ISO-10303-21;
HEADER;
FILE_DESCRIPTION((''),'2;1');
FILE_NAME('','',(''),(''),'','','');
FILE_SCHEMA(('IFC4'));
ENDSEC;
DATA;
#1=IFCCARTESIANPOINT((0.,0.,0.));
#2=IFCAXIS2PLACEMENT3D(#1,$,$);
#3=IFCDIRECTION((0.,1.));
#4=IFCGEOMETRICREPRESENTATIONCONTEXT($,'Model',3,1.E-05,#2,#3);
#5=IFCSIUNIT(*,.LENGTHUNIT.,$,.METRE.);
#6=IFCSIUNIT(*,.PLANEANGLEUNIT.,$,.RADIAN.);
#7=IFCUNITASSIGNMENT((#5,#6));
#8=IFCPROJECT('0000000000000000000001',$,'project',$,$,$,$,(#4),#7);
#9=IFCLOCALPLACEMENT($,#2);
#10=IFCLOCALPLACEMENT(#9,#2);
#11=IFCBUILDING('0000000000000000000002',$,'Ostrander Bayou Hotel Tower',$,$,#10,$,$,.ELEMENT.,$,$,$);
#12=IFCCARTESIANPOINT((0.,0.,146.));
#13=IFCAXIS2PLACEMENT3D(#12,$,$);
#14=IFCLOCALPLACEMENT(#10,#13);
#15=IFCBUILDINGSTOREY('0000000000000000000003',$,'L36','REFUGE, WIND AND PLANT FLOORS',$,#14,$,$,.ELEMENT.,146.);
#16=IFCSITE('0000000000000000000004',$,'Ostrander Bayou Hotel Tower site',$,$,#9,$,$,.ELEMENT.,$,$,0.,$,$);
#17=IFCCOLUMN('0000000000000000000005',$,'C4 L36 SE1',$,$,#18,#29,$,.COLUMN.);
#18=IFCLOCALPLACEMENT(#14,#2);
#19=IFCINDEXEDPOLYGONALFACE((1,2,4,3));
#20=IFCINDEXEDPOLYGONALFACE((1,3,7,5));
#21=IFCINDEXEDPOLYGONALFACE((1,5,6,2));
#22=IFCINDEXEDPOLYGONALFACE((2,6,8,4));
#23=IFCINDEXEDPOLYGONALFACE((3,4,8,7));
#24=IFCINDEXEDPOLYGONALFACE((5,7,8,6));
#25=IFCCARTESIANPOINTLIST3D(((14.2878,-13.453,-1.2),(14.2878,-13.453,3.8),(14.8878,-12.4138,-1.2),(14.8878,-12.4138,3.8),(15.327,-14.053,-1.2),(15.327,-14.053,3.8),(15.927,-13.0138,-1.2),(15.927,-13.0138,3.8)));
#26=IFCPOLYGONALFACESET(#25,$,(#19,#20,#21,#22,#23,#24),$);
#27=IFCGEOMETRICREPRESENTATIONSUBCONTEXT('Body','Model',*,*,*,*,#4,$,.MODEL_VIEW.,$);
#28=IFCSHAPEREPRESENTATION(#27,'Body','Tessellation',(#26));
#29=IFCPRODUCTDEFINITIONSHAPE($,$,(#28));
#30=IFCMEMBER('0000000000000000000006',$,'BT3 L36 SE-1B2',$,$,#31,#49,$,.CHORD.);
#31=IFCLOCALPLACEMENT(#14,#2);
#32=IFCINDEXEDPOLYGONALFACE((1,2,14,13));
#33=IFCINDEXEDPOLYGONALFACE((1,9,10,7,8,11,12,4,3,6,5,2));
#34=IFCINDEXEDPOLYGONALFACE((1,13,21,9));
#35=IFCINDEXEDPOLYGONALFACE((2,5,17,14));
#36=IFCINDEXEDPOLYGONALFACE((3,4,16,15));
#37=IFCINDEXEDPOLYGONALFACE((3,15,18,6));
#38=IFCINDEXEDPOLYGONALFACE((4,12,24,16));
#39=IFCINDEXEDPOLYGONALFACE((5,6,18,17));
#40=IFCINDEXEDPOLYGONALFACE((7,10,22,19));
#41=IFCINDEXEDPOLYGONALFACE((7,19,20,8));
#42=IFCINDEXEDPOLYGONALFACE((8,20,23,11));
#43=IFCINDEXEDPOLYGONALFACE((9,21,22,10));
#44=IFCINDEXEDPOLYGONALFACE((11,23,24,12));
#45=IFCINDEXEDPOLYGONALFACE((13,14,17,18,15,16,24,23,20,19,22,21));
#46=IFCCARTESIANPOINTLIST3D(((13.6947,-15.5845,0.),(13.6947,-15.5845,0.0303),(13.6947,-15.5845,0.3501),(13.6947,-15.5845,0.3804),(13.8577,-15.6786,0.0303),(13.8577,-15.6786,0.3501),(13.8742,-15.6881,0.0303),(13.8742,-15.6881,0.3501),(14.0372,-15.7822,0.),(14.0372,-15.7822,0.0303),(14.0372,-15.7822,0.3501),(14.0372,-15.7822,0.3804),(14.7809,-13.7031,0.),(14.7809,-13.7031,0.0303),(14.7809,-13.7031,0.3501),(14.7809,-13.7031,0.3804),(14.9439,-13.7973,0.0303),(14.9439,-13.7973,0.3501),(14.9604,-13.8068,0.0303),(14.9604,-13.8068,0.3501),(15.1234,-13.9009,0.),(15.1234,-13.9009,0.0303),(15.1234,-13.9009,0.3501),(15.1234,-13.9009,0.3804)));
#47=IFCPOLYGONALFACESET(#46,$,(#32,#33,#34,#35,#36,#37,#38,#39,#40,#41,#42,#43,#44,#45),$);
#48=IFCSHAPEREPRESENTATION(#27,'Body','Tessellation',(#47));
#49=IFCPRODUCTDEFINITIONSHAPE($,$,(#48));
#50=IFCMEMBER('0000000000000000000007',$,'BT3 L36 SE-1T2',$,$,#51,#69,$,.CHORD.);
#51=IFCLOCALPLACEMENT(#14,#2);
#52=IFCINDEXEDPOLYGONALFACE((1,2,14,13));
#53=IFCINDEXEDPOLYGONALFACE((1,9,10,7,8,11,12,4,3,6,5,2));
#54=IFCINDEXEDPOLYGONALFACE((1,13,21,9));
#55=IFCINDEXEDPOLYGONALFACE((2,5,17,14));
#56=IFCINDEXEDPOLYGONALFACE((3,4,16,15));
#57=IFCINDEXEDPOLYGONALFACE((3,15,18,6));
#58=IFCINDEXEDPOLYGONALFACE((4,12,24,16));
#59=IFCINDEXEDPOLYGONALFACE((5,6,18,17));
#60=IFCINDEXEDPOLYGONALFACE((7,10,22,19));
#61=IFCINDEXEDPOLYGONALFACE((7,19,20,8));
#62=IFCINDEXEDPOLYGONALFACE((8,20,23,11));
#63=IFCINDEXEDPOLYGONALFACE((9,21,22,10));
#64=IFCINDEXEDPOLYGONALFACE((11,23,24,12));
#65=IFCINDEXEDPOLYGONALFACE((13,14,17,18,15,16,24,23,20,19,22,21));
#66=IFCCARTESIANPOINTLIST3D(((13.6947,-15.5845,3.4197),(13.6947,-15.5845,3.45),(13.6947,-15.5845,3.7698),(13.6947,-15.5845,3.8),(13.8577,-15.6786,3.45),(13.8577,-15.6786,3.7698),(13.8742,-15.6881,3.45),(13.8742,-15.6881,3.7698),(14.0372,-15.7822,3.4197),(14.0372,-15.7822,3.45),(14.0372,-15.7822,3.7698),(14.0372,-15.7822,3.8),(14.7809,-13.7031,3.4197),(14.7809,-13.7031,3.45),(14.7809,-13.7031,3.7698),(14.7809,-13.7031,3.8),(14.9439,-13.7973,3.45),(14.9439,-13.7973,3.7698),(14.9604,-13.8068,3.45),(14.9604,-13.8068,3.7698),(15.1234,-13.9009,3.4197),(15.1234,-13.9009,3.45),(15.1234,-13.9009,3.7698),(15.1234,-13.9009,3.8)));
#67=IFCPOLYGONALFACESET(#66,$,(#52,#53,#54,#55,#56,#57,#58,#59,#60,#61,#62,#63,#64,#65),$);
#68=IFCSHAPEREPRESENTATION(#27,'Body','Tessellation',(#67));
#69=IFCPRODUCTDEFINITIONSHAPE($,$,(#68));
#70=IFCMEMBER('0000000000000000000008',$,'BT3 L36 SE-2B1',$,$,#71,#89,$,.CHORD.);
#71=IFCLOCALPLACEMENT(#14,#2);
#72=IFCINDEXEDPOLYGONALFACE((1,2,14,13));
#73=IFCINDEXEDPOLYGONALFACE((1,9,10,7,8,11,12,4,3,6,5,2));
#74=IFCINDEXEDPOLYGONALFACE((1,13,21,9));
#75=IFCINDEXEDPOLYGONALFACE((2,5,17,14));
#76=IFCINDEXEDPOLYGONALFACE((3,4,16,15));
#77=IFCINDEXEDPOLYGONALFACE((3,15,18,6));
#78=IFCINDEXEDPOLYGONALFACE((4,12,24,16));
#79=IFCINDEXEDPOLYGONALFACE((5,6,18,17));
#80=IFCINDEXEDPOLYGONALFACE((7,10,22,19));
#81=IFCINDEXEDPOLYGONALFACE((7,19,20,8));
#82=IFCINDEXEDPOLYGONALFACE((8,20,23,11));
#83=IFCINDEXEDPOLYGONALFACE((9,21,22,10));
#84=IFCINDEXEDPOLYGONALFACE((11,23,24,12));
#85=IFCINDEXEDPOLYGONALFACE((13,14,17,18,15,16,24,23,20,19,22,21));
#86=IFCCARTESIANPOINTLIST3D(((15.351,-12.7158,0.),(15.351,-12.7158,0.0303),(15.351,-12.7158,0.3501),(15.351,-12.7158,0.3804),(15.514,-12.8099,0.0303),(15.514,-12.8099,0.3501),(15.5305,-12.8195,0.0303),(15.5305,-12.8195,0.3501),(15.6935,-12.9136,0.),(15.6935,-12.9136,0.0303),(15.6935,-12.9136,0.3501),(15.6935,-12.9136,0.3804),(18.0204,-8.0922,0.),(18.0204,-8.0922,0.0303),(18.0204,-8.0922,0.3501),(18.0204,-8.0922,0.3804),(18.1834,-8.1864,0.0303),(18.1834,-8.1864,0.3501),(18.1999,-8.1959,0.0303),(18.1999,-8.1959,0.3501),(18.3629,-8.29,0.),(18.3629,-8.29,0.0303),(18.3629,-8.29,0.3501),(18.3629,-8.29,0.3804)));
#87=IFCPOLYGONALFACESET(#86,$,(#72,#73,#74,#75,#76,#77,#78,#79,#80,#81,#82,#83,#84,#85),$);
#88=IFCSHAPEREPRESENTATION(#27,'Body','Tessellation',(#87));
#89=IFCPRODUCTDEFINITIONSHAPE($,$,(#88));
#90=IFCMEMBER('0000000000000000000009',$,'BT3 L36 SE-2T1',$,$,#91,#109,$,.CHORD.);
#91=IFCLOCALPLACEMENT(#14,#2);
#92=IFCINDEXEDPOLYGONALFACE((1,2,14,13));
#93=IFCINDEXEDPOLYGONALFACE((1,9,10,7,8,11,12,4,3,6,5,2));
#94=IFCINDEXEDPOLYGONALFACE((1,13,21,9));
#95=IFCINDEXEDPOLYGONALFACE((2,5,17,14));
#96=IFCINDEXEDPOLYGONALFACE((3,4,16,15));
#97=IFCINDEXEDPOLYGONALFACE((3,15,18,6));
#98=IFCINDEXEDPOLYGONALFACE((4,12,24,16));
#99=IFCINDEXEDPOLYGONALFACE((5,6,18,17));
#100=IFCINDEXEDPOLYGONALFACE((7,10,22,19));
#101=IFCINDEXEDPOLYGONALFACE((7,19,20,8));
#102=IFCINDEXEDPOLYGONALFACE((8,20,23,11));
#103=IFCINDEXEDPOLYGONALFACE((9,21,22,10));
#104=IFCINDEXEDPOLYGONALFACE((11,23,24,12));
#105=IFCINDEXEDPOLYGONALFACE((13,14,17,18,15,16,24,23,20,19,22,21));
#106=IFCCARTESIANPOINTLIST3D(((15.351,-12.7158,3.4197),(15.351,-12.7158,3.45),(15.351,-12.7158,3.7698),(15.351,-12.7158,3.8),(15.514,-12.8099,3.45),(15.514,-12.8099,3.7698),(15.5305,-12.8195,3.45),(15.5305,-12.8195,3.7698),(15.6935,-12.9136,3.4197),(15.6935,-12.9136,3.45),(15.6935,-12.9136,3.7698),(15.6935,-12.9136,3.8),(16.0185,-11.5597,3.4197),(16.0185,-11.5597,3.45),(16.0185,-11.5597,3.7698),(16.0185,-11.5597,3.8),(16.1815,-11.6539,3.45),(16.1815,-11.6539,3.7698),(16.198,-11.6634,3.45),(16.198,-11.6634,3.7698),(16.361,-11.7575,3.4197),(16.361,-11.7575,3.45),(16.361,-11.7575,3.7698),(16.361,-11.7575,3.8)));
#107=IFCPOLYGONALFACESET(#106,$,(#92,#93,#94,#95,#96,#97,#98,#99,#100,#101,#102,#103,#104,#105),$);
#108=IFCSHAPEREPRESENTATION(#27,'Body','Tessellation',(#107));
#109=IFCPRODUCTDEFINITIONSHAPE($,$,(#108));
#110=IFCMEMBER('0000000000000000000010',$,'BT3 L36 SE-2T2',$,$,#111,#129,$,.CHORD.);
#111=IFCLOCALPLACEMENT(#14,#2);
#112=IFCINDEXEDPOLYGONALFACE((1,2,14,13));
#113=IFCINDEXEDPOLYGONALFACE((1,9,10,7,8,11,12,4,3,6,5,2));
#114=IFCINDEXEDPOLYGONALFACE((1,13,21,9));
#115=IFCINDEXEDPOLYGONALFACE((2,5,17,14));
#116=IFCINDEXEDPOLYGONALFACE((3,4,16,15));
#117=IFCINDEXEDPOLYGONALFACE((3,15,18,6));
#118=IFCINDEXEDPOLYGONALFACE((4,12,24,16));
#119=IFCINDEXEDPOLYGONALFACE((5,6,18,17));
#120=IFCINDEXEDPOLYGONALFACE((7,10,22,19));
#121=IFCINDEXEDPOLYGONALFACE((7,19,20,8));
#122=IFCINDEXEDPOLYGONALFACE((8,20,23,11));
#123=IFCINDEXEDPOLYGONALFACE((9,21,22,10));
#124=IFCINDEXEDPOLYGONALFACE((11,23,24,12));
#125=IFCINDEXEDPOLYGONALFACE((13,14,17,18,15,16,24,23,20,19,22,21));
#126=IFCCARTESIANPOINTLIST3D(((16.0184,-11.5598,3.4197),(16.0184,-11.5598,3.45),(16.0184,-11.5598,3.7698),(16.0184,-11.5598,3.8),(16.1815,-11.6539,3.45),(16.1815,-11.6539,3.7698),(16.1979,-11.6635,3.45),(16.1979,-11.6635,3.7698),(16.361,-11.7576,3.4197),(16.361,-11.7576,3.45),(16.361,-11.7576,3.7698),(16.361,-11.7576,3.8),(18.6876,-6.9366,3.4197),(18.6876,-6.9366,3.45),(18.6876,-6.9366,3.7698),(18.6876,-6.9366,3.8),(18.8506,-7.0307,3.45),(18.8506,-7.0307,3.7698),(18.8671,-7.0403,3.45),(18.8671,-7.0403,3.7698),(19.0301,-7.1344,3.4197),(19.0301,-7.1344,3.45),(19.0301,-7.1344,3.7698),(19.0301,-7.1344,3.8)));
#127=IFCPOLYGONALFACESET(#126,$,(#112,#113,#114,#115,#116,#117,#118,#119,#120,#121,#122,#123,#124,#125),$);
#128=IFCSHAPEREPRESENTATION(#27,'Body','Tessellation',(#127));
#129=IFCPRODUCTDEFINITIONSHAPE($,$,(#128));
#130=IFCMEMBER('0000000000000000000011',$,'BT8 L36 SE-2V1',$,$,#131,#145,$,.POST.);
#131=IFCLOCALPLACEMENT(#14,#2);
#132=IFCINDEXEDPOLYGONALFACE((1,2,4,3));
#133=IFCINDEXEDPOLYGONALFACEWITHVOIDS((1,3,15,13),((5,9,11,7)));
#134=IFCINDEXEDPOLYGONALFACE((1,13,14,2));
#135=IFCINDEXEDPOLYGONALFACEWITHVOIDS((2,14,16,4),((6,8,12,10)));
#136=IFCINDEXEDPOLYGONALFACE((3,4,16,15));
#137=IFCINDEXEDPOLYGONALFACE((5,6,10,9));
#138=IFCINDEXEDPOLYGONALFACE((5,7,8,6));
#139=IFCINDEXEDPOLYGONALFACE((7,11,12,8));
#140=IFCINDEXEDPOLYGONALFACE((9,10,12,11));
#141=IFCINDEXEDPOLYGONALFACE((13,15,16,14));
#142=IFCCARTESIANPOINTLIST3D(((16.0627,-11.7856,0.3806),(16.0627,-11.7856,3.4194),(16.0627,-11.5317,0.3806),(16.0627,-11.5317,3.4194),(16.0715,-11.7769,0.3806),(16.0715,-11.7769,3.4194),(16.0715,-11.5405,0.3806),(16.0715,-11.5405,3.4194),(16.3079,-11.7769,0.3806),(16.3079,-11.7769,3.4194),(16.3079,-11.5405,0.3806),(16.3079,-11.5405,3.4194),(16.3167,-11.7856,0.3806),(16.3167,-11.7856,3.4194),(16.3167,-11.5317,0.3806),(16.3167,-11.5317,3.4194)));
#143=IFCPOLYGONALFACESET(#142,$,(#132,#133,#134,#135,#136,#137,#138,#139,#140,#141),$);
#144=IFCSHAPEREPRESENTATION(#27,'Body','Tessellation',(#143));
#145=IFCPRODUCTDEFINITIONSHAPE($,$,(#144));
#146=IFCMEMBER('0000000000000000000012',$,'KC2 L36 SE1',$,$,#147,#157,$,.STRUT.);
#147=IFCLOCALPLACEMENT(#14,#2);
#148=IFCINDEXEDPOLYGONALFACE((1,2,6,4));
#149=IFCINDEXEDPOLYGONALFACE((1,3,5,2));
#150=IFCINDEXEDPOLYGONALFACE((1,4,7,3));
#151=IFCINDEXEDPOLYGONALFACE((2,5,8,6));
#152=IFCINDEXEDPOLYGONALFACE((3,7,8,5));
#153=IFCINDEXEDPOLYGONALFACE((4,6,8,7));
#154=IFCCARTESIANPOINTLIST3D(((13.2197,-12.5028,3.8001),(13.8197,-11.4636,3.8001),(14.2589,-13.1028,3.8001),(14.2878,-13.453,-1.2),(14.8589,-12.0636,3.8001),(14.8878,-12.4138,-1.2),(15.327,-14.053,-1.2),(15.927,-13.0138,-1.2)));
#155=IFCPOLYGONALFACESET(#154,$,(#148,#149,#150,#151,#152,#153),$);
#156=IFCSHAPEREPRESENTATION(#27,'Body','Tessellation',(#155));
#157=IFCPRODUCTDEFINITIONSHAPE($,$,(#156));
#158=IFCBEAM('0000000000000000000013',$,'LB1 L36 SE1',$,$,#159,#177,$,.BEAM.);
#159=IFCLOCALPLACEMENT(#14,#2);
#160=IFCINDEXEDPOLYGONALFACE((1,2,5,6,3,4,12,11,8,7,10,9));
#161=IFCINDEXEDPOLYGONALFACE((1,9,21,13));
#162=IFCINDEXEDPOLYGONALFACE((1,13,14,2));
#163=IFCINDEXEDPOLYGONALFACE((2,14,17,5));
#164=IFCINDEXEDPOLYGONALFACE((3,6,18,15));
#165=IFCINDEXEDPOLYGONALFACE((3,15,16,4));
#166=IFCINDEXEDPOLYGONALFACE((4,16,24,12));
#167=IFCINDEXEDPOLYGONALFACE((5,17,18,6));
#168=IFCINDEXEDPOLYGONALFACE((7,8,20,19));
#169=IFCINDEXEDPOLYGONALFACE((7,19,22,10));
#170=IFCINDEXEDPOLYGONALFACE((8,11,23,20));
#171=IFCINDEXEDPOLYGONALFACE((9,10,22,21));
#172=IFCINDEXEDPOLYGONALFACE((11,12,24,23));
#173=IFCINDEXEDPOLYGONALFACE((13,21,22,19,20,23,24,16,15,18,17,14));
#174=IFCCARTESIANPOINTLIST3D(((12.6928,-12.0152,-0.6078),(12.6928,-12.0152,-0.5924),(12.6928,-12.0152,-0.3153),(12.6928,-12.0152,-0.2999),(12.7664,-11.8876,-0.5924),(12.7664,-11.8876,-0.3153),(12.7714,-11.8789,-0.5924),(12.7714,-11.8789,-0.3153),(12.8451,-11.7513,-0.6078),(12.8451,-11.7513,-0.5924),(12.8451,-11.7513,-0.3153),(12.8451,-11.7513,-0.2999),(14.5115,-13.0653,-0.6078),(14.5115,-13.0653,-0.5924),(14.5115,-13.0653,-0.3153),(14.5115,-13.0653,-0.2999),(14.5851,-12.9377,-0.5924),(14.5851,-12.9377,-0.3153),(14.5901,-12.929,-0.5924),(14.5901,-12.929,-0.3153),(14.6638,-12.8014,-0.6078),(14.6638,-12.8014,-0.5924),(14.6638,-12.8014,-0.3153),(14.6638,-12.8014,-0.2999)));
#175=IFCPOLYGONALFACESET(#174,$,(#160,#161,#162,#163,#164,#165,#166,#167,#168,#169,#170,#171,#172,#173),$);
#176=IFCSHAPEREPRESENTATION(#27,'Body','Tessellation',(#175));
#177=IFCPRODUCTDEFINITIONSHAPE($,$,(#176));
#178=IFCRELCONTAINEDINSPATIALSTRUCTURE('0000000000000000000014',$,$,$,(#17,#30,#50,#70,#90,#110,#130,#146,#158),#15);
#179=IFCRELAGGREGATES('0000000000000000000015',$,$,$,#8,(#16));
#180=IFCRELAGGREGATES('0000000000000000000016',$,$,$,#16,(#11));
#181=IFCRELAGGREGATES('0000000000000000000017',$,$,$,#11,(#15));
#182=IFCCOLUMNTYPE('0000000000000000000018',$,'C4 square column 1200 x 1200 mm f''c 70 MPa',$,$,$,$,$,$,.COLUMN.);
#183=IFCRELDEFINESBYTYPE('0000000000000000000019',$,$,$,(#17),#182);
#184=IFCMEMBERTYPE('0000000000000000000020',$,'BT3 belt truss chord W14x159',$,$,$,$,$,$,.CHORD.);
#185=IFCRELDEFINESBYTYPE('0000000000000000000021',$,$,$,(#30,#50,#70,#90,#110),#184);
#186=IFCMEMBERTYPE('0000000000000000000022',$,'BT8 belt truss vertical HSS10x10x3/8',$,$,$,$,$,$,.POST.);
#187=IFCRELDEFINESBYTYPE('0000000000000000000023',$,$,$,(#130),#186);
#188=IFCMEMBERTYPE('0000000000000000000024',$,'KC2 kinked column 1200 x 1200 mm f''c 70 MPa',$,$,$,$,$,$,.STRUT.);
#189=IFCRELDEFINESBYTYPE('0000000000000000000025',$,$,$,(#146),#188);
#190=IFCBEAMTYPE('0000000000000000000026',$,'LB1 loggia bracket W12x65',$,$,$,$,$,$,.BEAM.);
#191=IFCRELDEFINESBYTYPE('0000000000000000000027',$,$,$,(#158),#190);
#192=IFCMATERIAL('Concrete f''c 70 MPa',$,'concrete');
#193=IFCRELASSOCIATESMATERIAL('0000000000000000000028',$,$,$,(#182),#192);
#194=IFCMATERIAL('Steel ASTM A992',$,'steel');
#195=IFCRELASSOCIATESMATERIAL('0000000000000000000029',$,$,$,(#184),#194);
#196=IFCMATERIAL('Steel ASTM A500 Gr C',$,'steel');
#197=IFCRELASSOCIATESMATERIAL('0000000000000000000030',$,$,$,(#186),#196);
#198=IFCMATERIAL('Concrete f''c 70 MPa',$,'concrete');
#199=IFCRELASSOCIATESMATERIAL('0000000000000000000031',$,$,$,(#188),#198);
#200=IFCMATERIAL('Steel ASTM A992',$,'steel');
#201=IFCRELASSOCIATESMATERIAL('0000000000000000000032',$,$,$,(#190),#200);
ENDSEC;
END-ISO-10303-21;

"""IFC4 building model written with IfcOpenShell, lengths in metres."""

from ifc_helpers import new_model, si_unit, direction, frame, origin, origin_2d, place, context, subcontext, project, spatial, rectangle, hollow_rectangle, i_section, extrude, material, material_profile, profile_set, type_object, element, save


model = new_model("IFC4")

# Units and contexts
model_context = context("Model", 3, precision=1e-05, world=origin(), true_north=direction((0.0, 1.0)))
body_context = subcontext(model_context, "Body", "Model", "MODEL_VIEW")
ifc_project = project(units=[si_unit("LENGTHUNIT", "METRE"), si_unit("PLANEANGLEUNIT", "RADIAN")], contexts=[model_context])

# Site, building, storey
site_placement = place(None, origin())
site = spatial("IfcSite", under=ifc_project, at=site_placement, Name="Ostrander Bayou Hotel Tower site", CompositionType="ELEMENT", RefElevation=0.0)
building_placement = place(site_placement, origin())
building = spatial("IfcBuilding", under=site, at=building_placement, Name="Ostrander Bayou Hotel Tower", CompositionType="ELEMENT")
storey_placement = place(building_placement, frame((0.0, 0.0, 146.0)))
storey = spatial("IfcBuildingStorey", under=building, at=storey_placement, Name="L36", Description="REFUGE, WIND AND PLANT FLOORS", CompositionType="ELEMENT", Elevation=146.0)

# Column
ifc_material_1 = material(Name="Concrete f'c 70 MPa", Category="concrete")
ifc_material_profile_1 = material_profile(ifc_material_1, rectangle(XDim=1.2, YDim=1.2, at=origin_2d()))
ifc_profile_set_1 = profile_set([ifc_material_profile_1], Name="Concrete f'c 70 MPa")
column_type = type_object("IfcColumnType", Name="C4 square column 1200 x 1200 mm f'c 70 MPa", PredefinedType="COLUMN", material=ifc_profile_set_1)
column_placement = place(storey_placement, frame((15.1074, -13.2334, -1.2), z_axis=(0.0, 0.0, 1.0), x_axis=(-0.5, -0.866025, 0.0)))
element("IfcColumn", 1, at=column_placement, inside=storey, type_object=column_type, Name="C4 L36 SE1", PredefinedType="COLUMN", context=body_context, shape_type="SweptSolid", body=[
    extrude(rectangle(XDim=1.2, YDim=1.2, at=origin_2d()), origin(), (0.0, 0.0, 1.0), 5.0),
])

# Members
ifc_material_2 = material(Name="Steel ASTM A992", Category="steel")
ifc_material_profile_2 = material_profile(ifc_material_2, i_section(OverallWidth=0.3955, OverallDepth=0.3804, WebThickness=0.019, FlangeThickness=0.0303, at=origin_2d()))
ifc_profile_set_2 = profile_set([ifc_material_profile_2], Name="Steel ASTM A992")
member_type_1 = type_object("IfcMemberType", Name="BT3 belt truss chord W14x159", PredefinedType="CHORD", material=ifc_profile_set_2)
for number, where, z_axis, x_axis, name in (
    (2, (13.866, -15.6833, 0.1902), (0.499995, 0.866028, 0.0), (-0.866028, 0.499995, 0.0), "BT3 L36 SE-1B2"),
    (3, (13.866, -15.6833, 3.6099), (0.499995, 0.866028, 0.0), (-0.866028, 0.499995, 0.0), "BT3 L36 SE-1T2"),
):
    element("IfcMember", number, at=place(storey_placement, frame(where, z_axis=z_axis, x_axis=x_axis)), inside=storey, type_object=member_type_1, Name=name, PredefinedType="CHORD", context=body_context, shape_type="SweptSolid", body=[
        extrude(i_section(OverallWidth=0.3955, OverallDepth=0.3804, WebThickness=0.019, FlangeThickness=0.0303, at=origin_2d()), origin(), (0.0, 0.0, 1.0), 2.1724),
    ])
member_1_placement = place(storey_placement, frame((15.5222, -12.8147, 0.1902), z_axis=(0.500005, 0.866023, 0.0), x_axis=(-0.866023, 0.500005, 0.0)))
element("IfcMember", 4, at=member_1_placement, inside=storey, type_object=member_type_1, Name="BT3 L36 SE-2B1", PredefinedType="CHORD", context=body_context, shape_type="SweptSolid", body=[
    extrude(i_section(OverallWidth=0.3955, OverallDepth=0.3804, WebThickness=0.019, FlangeThickness=0.0303, at=origin_2d()), origin(), (0.0, 0.0, 1.0), 5.3389),
])
member_2_placement = place(storey_placement, frame((15.5222, -12.8147, 3.6099), z_axis=(0.500034, 0.866006, 0.0), x_axis=(-0.866006, 0.500034, 0.0)))
element("IfcMember", 5, at=member_2_placement, inside=storey, type_object=member_type_1, Name="BT3 L36 SE-2T1", PredefinedType="CHORD", context=body_context, shape_type="SweptSolid", body=[
    extrude(i_section(OverallWidth=0.3955, OverallDepth=0.3804, WebThickness=0.019, FlangeThickness=0.0303, at=origin_2d()), origin(), (0.0, 0.0, 1.0), 1.335),
])
member_3_placement = place(storey_placement, frame((16.1897, -11.6587, 3.6099), z_axis=(0.49999, 0.866031, 0.0), x_axis=(-0.866031, 0.49999, 0.0)))
element("IfcMember", 6, at=member_3_placement, inside=storey, type_object=member_type_1, Name="BT3 L36 SE-2T2", PredefinedType="CHORD", context=body_context, shape_type="SweptSolid", body=[
    extrude(i_section(OverallWidth=0.3955, OverallDepth=0.3804, WebThickness=0.019, FlangeThickness=0.0303, at=origin_2d()), origin(), (0.0, 0.0, 1.0), 5.3384),
])
ifc_material_3 = material(Name="Steel ASTM A500 Gr C", Category="steel")
ifc_material_profile_3 = material_profile(ifc_material_3, hollow_rectangle(XDim=0.2539, YDim=0.2539, WallThickness=0.0088, at=origin_2d()))
ifc_profile_set_3 = profile_set([ifc_material_profile_3], Name="Steel ASTM A500 Gr C")
member_type_2 = type_object("IfcMemberType", Name="BT8 belt truss vertical HSS10x10x3/8", PredefinedType="POST", material=ifc_profile_set_3)
member_4_placement = place(storey_placement, frame((16.1897, -11.6587, 0.3806), z_axis=(0.0, 0.0, 1.0), x_axis=(1.0, 0.0, 0.0)))
element("IfcMember", 7, at=member_4_placement, inside=storey, type_object=member_type_2, Name="BT8 L36 SE-2V1", PredefinedType="POST", context=body_context, shape_type="SweptSolid", body=[
    extrude(hollow_rectangle(XDim=0.2539, YDim=0.2539, WallThickness=0.0088, at=origin_2d()), origin(), (0.0, 0.0, 1.0), 3.0388),
])
ifc_material_4 = material(Name="Concrete f'c 70 MPa", Category="concrete")
ifc_material_profile_4 = material_profile(ifc_material_4, rectangle(XDim=1.2, YDim=1.2, at=origin_2d()))
ifc_profile_set_4 = profile_set([ifc_material_profile_4], Name="Concrete f'c 70 MPa")
member_type_3 = type_object("IfcMemberType", Name="KC2 kinked column 1200 x 1200 mm f'c 70 MPa", PredefinedType="STRUT", material=ifc_profile_set_4)
member_5_placement = place(storey_placement, frame((15.1074, -13.2334, -1.2), z_axis=(0.0, 0.0, 1.0), x_axis=(-0.5, -0.866025, 0.0)))
element("IfcMember", 8, at=member_5_placement, inside=storey, type_object=member_type_3, Name="KC2 L36 SE1", PredefinedType="STRUT", context=body_context, shape_type="SweptSolid", body=[
    extrude(rectangle(XDim=1.2, YDim=1.2, at=origin_2d()), origin(), (-0.055541, -0.269234, 0.961472), 5.2004),
])

# Beam
ifc_material_5 = material(Name="Steel ASTM A992", Category="steel")
ifc_material_profile_5 = material_profile(ifc_material_5, i_section(OverallWidth=0.3047, OverallDepth=0.3079, WebThickness=0.01, FlangeThickness=0.0154, at=origin_2d()))
ifc_profile_set_5 = profile_set([ifc_material_profile_5], Name="Steel ASTM A992")
beam_type_1 = type_object("IfcBeamType", Name="LB1 loggia bracket W12x65", PredefinedType="BEAM", material=ifc_profile_set_5)
beam_1_placement = place(storey_placement, frame((14.5876, -12.9333, -0.4539), z_axis=(-0.866009, 0.500028, 0.0), x_axis=(-0.500028, -0.866009, 0.0)))
element("IfcBeam", 9, at=beam_1_placement, inside=storey, type_object=beam_type_1, Name="LB1 L36 SE1", PredefinedType="BEAM", context=body_context, shape_type="SweptSolid", body=[
    extrude(i_section(OverallWidth=0.3047, OverallDepth=0.3079, WebThickness=0.01, FlangeThickness=0.0154, at=origin_2d()), origin(), (0.0, 0.0, 1.0), 2.1001),
])

save(model, "model.ifc")
